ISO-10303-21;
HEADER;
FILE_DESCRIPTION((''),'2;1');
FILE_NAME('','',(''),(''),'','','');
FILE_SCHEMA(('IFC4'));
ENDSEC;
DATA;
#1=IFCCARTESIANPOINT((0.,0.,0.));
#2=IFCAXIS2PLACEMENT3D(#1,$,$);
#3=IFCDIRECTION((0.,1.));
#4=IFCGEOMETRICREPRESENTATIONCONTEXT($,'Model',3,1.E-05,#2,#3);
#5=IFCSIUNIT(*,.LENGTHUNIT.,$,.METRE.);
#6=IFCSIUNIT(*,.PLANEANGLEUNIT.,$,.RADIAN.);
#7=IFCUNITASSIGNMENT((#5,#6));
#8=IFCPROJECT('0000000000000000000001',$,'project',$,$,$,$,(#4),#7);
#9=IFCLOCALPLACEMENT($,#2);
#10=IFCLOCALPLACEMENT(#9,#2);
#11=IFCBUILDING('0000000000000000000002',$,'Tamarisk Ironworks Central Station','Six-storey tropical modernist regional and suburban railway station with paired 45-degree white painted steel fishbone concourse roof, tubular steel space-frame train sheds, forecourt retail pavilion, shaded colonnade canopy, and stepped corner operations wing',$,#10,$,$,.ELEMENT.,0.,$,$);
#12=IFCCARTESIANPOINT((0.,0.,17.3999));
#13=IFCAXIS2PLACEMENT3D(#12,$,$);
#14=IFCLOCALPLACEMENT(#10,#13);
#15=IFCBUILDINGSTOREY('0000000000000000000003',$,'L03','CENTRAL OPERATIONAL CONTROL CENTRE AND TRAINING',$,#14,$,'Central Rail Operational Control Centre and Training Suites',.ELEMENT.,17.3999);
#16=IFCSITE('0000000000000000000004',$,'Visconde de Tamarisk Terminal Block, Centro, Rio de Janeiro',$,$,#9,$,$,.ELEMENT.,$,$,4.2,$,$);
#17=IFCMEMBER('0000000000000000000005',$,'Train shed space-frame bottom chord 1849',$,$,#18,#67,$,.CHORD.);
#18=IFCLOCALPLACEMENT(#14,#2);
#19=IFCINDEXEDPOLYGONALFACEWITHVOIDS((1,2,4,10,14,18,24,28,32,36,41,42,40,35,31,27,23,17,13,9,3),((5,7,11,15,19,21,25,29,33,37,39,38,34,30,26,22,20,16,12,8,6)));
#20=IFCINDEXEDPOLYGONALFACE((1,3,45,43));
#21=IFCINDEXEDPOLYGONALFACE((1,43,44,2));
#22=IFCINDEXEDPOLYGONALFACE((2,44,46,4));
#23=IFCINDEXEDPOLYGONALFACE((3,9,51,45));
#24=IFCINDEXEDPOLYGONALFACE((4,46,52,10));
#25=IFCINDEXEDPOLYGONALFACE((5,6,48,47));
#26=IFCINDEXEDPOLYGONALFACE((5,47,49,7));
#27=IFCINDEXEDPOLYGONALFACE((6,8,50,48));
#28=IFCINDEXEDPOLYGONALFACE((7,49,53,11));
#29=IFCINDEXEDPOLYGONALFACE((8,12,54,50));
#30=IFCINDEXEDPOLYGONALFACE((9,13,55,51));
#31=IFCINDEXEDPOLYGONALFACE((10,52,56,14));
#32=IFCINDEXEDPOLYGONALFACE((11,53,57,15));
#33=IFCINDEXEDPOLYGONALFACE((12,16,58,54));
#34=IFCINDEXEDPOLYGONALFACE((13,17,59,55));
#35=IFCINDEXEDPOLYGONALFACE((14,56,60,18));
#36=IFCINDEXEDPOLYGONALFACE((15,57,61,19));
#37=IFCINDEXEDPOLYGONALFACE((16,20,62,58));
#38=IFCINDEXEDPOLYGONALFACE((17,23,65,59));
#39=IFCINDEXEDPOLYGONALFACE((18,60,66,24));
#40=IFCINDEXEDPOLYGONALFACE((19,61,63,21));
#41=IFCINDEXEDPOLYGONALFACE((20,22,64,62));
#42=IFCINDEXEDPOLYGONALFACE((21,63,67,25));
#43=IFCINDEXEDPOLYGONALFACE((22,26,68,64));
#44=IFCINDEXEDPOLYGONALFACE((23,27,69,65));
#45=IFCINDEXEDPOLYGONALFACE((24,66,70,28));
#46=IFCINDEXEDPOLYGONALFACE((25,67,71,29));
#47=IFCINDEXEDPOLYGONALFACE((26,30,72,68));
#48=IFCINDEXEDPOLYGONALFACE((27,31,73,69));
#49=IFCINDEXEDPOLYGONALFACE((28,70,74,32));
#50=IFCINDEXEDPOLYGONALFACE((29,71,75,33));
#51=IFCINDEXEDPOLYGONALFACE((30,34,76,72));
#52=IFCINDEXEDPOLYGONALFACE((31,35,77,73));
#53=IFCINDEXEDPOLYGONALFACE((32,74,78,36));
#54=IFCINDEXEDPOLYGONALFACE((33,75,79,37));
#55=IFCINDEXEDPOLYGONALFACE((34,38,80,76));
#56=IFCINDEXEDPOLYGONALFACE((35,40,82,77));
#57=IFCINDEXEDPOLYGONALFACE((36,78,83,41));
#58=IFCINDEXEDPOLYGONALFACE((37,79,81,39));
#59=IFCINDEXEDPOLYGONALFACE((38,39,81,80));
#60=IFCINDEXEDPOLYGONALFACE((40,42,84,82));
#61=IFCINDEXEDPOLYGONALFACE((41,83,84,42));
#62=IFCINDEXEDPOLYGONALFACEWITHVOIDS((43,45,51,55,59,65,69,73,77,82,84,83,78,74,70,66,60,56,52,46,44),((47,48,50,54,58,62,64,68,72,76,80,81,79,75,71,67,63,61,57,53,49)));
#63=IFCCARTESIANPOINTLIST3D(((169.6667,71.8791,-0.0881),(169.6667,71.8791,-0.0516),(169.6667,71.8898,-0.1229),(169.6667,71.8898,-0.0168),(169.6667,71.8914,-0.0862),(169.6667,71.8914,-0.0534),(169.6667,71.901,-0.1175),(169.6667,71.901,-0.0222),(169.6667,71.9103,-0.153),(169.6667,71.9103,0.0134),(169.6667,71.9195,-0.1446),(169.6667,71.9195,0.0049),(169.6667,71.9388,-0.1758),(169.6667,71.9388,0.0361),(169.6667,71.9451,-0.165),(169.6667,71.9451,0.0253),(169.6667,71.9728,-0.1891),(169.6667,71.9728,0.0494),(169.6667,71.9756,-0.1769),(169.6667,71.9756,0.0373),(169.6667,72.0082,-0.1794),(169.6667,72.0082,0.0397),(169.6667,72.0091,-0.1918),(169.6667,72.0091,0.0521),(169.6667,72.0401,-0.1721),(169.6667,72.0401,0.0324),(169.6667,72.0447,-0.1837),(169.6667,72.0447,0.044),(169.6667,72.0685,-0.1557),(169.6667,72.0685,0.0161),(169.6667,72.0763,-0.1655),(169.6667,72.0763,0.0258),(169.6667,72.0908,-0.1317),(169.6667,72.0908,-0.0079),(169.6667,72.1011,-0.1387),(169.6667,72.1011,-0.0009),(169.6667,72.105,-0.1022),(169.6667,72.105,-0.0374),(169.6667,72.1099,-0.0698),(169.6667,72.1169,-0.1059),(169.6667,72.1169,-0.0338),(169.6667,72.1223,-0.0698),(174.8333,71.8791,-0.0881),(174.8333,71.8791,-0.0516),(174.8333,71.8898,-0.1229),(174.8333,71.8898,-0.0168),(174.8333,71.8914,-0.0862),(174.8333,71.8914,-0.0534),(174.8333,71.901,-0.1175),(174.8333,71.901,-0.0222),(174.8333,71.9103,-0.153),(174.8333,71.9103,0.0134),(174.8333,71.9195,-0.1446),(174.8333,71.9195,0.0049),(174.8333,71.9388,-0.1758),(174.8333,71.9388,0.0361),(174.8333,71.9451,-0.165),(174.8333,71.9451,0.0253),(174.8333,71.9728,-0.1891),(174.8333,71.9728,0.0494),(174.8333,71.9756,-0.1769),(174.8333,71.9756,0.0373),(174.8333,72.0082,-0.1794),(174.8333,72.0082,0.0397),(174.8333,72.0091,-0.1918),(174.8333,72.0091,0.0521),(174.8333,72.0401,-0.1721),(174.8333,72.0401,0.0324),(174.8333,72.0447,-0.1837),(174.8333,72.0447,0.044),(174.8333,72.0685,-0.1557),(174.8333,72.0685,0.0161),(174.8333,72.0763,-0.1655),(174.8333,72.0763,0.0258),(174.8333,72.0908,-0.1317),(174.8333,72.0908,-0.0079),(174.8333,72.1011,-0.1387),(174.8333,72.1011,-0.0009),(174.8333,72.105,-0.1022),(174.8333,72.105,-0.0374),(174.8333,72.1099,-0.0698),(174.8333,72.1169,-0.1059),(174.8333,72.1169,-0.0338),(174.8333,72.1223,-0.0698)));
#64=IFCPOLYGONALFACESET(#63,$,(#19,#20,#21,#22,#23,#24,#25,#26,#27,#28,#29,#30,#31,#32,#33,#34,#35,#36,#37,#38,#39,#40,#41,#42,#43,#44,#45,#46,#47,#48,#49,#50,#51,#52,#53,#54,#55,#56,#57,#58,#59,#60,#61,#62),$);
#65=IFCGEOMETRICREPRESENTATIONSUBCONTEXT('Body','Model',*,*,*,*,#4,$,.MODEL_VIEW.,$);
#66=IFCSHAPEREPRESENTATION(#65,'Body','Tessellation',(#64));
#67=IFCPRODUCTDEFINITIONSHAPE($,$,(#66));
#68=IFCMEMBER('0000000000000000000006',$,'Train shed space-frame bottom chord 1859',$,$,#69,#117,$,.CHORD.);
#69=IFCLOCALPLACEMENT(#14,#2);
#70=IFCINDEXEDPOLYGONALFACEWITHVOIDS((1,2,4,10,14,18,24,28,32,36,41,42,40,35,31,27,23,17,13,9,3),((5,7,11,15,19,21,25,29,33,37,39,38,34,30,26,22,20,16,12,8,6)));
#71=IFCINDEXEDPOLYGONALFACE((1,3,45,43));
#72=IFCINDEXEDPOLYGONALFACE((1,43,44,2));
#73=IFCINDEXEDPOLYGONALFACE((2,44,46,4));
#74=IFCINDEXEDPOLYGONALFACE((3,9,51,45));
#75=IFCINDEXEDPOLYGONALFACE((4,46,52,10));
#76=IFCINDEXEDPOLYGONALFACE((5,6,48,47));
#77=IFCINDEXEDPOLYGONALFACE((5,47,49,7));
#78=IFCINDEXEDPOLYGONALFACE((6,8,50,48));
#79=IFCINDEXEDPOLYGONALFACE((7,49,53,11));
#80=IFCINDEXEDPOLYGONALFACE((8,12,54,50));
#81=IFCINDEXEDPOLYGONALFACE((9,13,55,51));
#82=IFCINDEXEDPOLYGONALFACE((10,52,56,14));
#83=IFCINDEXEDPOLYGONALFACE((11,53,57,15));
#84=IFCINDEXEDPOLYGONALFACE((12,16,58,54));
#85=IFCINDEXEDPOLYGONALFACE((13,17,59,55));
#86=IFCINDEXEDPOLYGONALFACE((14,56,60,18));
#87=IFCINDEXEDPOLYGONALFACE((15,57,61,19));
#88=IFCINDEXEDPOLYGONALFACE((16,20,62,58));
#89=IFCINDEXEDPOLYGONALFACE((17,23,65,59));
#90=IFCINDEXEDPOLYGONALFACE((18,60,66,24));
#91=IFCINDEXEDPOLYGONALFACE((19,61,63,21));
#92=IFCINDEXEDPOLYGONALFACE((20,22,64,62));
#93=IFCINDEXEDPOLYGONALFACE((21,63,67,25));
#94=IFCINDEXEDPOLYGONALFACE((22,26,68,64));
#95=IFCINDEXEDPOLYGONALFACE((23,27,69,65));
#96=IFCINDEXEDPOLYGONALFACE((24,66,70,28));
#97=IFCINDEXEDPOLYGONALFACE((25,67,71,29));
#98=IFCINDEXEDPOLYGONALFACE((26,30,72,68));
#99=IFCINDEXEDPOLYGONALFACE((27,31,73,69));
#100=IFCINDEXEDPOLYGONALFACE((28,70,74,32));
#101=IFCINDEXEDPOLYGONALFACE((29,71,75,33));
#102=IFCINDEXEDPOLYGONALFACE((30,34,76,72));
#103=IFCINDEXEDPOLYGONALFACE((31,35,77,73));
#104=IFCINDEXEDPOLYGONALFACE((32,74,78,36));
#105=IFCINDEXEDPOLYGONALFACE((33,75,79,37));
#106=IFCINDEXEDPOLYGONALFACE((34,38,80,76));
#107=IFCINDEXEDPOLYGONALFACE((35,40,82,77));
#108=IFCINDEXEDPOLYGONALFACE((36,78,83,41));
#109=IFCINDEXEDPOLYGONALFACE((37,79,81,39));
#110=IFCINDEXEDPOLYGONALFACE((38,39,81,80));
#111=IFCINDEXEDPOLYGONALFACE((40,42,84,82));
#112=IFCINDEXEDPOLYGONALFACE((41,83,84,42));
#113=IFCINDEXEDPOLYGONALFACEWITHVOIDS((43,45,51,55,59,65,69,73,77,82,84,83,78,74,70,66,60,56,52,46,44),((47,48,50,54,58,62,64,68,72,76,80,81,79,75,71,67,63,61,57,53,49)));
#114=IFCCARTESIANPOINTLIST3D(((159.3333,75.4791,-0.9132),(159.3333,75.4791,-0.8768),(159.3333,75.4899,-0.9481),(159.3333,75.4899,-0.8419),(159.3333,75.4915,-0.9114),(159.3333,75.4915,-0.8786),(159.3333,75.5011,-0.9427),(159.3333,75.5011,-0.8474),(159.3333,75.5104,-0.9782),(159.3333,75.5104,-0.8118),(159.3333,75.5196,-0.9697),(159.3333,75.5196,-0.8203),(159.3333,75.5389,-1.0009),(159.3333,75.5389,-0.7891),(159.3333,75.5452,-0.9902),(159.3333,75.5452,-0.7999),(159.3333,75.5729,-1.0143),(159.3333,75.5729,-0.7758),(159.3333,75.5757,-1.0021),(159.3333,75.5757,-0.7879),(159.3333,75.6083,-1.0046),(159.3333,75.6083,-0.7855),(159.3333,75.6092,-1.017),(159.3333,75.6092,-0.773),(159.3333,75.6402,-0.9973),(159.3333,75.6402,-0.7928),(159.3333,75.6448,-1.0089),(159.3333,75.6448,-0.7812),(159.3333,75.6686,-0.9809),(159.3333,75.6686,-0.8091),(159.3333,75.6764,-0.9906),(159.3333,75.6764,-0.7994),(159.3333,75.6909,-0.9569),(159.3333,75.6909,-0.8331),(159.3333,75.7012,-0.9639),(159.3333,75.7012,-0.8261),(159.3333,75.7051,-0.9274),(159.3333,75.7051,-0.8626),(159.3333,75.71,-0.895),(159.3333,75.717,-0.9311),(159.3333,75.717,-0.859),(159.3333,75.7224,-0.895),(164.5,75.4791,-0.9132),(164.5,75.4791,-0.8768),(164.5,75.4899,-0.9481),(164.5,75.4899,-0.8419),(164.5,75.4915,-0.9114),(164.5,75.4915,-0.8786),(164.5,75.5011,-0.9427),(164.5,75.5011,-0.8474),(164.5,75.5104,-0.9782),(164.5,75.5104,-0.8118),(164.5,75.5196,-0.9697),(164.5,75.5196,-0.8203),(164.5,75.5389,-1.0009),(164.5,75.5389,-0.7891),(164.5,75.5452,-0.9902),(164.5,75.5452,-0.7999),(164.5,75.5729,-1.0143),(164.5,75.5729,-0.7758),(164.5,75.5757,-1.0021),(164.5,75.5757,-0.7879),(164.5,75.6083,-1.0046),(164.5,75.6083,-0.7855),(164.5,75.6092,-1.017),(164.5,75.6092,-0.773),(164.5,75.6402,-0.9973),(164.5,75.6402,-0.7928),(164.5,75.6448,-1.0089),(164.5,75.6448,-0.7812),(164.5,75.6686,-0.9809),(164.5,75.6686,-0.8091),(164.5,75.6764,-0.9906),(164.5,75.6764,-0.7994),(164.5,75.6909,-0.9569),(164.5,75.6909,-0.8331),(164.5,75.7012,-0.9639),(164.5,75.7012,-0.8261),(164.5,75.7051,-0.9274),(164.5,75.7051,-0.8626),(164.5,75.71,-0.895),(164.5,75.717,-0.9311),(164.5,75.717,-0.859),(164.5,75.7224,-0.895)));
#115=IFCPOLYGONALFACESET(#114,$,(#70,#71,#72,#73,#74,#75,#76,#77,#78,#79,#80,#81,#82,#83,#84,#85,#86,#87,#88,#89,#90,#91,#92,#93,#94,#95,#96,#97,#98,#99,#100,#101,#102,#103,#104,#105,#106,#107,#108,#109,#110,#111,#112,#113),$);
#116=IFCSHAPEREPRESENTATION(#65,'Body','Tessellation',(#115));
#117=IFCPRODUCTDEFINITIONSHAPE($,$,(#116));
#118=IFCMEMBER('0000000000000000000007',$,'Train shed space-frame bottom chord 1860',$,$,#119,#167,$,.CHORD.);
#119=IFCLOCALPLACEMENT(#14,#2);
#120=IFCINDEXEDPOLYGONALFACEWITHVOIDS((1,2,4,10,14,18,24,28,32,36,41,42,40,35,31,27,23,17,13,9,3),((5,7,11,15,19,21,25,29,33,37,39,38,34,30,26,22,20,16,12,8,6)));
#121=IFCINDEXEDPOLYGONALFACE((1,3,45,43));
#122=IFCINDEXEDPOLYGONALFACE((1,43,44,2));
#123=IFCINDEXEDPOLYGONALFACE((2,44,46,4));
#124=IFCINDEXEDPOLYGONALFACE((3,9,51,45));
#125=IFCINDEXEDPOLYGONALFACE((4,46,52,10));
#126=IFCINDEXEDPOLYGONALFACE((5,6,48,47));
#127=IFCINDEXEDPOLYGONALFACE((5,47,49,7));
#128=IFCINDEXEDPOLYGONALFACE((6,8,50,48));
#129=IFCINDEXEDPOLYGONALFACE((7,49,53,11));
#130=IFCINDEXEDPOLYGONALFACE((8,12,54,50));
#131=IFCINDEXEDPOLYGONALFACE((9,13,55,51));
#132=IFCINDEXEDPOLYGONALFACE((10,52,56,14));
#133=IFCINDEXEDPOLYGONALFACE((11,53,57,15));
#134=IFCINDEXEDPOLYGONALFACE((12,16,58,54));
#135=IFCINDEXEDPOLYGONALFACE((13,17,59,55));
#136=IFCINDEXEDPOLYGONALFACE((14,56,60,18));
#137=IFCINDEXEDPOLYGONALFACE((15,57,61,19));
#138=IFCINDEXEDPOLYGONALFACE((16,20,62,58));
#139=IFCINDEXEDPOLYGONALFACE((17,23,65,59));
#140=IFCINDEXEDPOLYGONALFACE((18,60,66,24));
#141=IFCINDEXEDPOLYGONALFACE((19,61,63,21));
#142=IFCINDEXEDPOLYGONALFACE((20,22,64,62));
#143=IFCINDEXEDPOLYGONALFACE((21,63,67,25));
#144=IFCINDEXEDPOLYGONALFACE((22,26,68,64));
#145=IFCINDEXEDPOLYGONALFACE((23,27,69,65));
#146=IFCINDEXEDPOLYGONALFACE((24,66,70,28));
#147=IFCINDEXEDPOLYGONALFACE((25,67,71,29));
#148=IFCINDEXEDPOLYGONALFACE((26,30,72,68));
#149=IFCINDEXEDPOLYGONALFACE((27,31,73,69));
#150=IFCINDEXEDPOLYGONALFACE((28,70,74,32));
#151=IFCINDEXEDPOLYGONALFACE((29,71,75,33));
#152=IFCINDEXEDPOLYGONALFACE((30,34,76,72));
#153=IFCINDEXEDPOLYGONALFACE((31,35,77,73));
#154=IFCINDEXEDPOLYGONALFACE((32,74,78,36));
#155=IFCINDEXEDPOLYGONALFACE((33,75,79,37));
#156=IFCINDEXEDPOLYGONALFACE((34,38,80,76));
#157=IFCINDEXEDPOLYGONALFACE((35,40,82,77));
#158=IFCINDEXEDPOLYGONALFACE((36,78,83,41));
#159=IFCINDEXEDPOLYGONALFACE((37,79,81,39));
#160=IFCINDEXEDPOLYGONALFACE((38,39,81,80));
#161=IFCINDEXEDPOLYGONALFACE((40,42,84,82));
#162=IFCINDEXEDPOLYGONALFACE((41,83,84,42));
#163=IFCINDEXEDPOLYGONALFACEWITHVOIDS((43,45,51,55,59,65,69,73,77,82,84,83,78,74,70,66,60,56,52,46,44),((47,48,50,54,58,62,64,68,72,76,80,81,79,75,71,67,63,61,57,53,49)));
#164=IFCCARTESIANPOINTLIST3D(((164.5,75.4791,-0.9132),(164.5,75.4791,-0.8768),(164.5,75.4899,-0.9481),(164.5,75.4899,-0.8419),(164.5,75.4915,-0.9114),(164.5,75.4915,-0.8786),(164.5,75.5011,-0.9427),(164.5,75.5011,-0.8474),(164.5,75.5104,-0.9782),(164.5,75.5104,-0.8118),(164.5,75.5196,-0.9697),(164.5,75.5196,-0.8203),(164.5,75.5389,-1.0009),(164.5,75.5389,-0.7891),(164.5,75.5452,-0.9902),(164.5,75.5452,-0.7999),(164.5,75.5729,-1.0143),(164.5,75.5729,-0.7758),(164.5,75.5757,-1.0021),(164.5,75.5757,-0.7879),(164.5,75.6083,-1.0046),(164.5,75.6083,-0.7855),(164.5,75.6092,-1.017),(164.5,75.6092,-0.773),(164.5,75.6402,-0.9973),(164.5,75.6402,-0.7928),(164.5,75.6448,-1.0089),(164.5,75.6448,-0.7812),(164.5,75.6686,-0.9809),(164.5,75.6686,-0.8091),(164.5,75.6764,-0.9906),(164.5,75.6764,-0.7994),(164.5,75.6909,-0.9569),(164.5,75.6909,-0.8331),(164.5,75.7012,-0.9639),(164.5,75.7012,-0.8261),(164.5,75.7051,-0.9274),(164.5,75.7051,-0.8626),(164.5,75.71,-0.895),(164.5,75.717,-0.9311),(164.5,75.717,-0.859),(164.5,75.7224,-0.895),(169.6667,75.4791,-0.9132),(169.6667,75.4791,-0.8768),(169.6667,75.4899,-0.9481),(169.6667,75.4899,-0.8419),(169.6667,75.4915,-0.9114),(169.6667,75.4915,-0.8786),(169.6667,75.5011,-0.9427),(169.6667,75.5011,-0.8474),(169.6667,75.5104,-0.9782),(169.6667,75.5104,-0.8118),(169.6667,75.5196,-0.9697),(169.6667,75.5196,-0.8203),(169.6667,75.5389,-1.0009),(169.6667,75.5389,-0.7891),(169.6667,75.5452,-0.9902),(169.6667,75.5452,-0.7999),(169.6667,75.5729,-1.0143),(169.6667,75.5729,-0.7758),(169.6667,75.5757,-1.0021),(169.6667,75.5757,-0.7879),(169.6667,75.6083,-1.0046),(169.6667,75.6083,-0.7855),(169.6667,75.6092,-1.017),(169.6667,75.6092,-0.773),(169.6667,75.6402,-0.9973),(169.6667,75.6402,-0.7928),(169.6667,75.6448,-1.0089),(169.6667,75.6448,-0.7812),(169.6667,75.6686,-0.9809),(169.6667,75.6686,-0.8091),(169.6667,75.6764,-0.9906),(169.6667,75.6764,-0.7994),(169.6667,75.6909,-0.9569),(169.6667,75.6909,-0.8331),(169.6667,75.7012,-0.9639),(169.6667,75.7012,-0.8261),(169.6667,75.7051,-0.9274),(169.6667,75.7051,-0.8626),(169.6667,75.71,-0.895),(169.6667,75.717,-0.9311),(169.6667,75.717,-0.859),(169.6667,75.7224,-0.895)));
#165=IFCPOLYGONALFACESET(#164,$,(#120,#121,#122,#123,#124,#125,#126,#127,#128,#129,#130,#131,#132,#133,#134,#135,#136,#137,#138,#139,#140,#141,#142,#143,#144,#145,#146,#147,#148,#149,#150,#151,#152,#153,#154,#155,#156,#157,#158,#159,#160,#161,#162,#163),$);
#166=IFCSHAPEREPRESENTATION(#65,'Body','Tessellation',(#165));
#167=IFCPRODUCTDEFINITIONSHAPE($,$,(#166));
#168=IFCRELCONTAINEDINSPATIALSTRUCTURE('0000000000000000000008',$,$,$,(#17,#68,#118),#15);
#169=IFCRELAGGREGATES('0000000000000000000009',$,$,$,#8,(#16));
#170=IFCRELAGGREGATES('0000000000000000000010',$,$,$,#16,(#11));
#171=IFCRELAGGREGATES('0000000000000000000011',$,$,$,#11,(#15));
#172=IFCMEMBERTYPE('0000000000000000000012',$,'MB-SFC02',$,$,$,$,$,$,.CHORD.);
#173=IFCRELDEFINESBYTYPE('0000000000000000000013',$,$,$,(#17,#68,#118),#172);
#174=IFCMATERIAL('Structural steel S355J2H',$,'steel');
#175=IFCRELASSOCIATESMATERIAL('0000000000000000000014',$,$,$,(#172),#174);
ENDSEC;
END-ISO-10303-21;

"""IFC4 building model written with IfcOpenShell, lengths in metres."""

from ifc_helpers import new_model, si_unit, direction, frame, origin, origin_2d, place, context, subcontext, project, spatial, hollow_circle, extrude, material, material_profile, profile_set, type_object, element, save


model = new_model("IFC4")

# Units and contexts
model_context = context("Model", 3, precision=1e-05, world=origin(), true_north=direction((0.0, 1.0)))
body_context = subcontext(model_context, "Body", "Model", "MODEL_VIEW")
ifc_project = project(units=[si_unit("LENGTHUNIT", "METRE"), si_unit("PLANEANGLEUNIT", "RADIAN")], contexts=[model_context])

# Site, building, storey
site_placement = place(None, origin())
site = spatial("IfcSite", under=ifc_project, at=site_placement, Name="Visconde de Tamarisk Terminal Block, Centro, Rio de Janeiro", CompositionType="ELEMENT", RefElevation=4.2)
building_placement = place(site_placement, origin())
building = spatial("IfcBuilding", under=site, at=building_placement, Name="Tamarisk Ironworks Central Station", Description="Six-storey tropical modernist regional and suburban railway station with paired 45-degree white painted steel fishbone concourse roof, tubular steel space-frame train sheds, forecourt retail pavilion, shaded colonnade canopy, and stepped corner operations wing", CompositionType="ELEMENT", ElevationOfRefHeight=0.0)
storey_placement = place(building_placement, frame((0.0, 0.0, 17.3999)))
storey = spatial("IfcBuildingStorey", under=building, at=storey_placement, Name="L03", Description="CENTRAL OPERATIONAL CONTROL CENTRE AND TRAINING", LongName="Central Rail Operational Control Centre and Training Suites", CompositionType="ELEMENT", Elevation=17.3999)

# Members
ifc_material = material(Name="Structural steel S355J2H", Category="steel")
ifc_material_profile_1 = material_profile(ifc_material, hollow_circle(Radius=0.1223, WallThickness=0.0125, at=origin_2d()), Name="CHS 244.5x12.5")
ifc_profile_set_1 = profile_set([ifc_material_profile_1], Name="Structural steel S355J2H")
member_type_1 = type_object("IfcMemberType", Name="MB-SFC02", PredefinedType="CHORD", material=ifc_profile_set_1)
member_1_placement = place(storey_placement, frame((169.6667, 72.0, -0.0698), z_axis=(1.0, 0.0, 0.0), x_axis=(0.0, 1.0, 0.0)))
element("IfcMember", 1, at=member_1_placement, inside=storey, type_object=member_type_1, Name="Train shed space-frame bottom chord 1849", PredefinedType="CHORD", context=body_context, shape_type="SweptSolid", body=[
    extrude(hollow_circle(Radius=0.1223, WallThickness=0.0125, at=origin_2d()), origin(), (0.0, 0.0, 1.0), 5.1665),
])
for number, where, z_axis, x_axis, name in (
    (2, (159.3333, 75.6001, -0.895), (1.0, 0.0, 0.0), (0.0, 1.0, 0.0), "Train shed space-frame bottom chord 1859"),
    (3, (164.5, 75.6001, -0.895), (1.0, 0.0, 0.0), (0.0, 1.0, 0.0), "Train shed space-frame bottom chord 1860"),
):
    element("IfcMember", number, at=place(storey_placement, frame(where, z_axis=z_axis, x_axis=x_axis)), inside=storey, type_object=member_type_1, Name=name, PredefinedType="CHORD", context=body_context, shape_type="SweptSolid", body=[
        extrude(hollow_circle(Radius=0.1223, WallThickness=0.0125, at=origin_2d()), origin(), (0.0, 0.0, 1.0), 5.1667),
    ])

save(model, "model.ifc")
